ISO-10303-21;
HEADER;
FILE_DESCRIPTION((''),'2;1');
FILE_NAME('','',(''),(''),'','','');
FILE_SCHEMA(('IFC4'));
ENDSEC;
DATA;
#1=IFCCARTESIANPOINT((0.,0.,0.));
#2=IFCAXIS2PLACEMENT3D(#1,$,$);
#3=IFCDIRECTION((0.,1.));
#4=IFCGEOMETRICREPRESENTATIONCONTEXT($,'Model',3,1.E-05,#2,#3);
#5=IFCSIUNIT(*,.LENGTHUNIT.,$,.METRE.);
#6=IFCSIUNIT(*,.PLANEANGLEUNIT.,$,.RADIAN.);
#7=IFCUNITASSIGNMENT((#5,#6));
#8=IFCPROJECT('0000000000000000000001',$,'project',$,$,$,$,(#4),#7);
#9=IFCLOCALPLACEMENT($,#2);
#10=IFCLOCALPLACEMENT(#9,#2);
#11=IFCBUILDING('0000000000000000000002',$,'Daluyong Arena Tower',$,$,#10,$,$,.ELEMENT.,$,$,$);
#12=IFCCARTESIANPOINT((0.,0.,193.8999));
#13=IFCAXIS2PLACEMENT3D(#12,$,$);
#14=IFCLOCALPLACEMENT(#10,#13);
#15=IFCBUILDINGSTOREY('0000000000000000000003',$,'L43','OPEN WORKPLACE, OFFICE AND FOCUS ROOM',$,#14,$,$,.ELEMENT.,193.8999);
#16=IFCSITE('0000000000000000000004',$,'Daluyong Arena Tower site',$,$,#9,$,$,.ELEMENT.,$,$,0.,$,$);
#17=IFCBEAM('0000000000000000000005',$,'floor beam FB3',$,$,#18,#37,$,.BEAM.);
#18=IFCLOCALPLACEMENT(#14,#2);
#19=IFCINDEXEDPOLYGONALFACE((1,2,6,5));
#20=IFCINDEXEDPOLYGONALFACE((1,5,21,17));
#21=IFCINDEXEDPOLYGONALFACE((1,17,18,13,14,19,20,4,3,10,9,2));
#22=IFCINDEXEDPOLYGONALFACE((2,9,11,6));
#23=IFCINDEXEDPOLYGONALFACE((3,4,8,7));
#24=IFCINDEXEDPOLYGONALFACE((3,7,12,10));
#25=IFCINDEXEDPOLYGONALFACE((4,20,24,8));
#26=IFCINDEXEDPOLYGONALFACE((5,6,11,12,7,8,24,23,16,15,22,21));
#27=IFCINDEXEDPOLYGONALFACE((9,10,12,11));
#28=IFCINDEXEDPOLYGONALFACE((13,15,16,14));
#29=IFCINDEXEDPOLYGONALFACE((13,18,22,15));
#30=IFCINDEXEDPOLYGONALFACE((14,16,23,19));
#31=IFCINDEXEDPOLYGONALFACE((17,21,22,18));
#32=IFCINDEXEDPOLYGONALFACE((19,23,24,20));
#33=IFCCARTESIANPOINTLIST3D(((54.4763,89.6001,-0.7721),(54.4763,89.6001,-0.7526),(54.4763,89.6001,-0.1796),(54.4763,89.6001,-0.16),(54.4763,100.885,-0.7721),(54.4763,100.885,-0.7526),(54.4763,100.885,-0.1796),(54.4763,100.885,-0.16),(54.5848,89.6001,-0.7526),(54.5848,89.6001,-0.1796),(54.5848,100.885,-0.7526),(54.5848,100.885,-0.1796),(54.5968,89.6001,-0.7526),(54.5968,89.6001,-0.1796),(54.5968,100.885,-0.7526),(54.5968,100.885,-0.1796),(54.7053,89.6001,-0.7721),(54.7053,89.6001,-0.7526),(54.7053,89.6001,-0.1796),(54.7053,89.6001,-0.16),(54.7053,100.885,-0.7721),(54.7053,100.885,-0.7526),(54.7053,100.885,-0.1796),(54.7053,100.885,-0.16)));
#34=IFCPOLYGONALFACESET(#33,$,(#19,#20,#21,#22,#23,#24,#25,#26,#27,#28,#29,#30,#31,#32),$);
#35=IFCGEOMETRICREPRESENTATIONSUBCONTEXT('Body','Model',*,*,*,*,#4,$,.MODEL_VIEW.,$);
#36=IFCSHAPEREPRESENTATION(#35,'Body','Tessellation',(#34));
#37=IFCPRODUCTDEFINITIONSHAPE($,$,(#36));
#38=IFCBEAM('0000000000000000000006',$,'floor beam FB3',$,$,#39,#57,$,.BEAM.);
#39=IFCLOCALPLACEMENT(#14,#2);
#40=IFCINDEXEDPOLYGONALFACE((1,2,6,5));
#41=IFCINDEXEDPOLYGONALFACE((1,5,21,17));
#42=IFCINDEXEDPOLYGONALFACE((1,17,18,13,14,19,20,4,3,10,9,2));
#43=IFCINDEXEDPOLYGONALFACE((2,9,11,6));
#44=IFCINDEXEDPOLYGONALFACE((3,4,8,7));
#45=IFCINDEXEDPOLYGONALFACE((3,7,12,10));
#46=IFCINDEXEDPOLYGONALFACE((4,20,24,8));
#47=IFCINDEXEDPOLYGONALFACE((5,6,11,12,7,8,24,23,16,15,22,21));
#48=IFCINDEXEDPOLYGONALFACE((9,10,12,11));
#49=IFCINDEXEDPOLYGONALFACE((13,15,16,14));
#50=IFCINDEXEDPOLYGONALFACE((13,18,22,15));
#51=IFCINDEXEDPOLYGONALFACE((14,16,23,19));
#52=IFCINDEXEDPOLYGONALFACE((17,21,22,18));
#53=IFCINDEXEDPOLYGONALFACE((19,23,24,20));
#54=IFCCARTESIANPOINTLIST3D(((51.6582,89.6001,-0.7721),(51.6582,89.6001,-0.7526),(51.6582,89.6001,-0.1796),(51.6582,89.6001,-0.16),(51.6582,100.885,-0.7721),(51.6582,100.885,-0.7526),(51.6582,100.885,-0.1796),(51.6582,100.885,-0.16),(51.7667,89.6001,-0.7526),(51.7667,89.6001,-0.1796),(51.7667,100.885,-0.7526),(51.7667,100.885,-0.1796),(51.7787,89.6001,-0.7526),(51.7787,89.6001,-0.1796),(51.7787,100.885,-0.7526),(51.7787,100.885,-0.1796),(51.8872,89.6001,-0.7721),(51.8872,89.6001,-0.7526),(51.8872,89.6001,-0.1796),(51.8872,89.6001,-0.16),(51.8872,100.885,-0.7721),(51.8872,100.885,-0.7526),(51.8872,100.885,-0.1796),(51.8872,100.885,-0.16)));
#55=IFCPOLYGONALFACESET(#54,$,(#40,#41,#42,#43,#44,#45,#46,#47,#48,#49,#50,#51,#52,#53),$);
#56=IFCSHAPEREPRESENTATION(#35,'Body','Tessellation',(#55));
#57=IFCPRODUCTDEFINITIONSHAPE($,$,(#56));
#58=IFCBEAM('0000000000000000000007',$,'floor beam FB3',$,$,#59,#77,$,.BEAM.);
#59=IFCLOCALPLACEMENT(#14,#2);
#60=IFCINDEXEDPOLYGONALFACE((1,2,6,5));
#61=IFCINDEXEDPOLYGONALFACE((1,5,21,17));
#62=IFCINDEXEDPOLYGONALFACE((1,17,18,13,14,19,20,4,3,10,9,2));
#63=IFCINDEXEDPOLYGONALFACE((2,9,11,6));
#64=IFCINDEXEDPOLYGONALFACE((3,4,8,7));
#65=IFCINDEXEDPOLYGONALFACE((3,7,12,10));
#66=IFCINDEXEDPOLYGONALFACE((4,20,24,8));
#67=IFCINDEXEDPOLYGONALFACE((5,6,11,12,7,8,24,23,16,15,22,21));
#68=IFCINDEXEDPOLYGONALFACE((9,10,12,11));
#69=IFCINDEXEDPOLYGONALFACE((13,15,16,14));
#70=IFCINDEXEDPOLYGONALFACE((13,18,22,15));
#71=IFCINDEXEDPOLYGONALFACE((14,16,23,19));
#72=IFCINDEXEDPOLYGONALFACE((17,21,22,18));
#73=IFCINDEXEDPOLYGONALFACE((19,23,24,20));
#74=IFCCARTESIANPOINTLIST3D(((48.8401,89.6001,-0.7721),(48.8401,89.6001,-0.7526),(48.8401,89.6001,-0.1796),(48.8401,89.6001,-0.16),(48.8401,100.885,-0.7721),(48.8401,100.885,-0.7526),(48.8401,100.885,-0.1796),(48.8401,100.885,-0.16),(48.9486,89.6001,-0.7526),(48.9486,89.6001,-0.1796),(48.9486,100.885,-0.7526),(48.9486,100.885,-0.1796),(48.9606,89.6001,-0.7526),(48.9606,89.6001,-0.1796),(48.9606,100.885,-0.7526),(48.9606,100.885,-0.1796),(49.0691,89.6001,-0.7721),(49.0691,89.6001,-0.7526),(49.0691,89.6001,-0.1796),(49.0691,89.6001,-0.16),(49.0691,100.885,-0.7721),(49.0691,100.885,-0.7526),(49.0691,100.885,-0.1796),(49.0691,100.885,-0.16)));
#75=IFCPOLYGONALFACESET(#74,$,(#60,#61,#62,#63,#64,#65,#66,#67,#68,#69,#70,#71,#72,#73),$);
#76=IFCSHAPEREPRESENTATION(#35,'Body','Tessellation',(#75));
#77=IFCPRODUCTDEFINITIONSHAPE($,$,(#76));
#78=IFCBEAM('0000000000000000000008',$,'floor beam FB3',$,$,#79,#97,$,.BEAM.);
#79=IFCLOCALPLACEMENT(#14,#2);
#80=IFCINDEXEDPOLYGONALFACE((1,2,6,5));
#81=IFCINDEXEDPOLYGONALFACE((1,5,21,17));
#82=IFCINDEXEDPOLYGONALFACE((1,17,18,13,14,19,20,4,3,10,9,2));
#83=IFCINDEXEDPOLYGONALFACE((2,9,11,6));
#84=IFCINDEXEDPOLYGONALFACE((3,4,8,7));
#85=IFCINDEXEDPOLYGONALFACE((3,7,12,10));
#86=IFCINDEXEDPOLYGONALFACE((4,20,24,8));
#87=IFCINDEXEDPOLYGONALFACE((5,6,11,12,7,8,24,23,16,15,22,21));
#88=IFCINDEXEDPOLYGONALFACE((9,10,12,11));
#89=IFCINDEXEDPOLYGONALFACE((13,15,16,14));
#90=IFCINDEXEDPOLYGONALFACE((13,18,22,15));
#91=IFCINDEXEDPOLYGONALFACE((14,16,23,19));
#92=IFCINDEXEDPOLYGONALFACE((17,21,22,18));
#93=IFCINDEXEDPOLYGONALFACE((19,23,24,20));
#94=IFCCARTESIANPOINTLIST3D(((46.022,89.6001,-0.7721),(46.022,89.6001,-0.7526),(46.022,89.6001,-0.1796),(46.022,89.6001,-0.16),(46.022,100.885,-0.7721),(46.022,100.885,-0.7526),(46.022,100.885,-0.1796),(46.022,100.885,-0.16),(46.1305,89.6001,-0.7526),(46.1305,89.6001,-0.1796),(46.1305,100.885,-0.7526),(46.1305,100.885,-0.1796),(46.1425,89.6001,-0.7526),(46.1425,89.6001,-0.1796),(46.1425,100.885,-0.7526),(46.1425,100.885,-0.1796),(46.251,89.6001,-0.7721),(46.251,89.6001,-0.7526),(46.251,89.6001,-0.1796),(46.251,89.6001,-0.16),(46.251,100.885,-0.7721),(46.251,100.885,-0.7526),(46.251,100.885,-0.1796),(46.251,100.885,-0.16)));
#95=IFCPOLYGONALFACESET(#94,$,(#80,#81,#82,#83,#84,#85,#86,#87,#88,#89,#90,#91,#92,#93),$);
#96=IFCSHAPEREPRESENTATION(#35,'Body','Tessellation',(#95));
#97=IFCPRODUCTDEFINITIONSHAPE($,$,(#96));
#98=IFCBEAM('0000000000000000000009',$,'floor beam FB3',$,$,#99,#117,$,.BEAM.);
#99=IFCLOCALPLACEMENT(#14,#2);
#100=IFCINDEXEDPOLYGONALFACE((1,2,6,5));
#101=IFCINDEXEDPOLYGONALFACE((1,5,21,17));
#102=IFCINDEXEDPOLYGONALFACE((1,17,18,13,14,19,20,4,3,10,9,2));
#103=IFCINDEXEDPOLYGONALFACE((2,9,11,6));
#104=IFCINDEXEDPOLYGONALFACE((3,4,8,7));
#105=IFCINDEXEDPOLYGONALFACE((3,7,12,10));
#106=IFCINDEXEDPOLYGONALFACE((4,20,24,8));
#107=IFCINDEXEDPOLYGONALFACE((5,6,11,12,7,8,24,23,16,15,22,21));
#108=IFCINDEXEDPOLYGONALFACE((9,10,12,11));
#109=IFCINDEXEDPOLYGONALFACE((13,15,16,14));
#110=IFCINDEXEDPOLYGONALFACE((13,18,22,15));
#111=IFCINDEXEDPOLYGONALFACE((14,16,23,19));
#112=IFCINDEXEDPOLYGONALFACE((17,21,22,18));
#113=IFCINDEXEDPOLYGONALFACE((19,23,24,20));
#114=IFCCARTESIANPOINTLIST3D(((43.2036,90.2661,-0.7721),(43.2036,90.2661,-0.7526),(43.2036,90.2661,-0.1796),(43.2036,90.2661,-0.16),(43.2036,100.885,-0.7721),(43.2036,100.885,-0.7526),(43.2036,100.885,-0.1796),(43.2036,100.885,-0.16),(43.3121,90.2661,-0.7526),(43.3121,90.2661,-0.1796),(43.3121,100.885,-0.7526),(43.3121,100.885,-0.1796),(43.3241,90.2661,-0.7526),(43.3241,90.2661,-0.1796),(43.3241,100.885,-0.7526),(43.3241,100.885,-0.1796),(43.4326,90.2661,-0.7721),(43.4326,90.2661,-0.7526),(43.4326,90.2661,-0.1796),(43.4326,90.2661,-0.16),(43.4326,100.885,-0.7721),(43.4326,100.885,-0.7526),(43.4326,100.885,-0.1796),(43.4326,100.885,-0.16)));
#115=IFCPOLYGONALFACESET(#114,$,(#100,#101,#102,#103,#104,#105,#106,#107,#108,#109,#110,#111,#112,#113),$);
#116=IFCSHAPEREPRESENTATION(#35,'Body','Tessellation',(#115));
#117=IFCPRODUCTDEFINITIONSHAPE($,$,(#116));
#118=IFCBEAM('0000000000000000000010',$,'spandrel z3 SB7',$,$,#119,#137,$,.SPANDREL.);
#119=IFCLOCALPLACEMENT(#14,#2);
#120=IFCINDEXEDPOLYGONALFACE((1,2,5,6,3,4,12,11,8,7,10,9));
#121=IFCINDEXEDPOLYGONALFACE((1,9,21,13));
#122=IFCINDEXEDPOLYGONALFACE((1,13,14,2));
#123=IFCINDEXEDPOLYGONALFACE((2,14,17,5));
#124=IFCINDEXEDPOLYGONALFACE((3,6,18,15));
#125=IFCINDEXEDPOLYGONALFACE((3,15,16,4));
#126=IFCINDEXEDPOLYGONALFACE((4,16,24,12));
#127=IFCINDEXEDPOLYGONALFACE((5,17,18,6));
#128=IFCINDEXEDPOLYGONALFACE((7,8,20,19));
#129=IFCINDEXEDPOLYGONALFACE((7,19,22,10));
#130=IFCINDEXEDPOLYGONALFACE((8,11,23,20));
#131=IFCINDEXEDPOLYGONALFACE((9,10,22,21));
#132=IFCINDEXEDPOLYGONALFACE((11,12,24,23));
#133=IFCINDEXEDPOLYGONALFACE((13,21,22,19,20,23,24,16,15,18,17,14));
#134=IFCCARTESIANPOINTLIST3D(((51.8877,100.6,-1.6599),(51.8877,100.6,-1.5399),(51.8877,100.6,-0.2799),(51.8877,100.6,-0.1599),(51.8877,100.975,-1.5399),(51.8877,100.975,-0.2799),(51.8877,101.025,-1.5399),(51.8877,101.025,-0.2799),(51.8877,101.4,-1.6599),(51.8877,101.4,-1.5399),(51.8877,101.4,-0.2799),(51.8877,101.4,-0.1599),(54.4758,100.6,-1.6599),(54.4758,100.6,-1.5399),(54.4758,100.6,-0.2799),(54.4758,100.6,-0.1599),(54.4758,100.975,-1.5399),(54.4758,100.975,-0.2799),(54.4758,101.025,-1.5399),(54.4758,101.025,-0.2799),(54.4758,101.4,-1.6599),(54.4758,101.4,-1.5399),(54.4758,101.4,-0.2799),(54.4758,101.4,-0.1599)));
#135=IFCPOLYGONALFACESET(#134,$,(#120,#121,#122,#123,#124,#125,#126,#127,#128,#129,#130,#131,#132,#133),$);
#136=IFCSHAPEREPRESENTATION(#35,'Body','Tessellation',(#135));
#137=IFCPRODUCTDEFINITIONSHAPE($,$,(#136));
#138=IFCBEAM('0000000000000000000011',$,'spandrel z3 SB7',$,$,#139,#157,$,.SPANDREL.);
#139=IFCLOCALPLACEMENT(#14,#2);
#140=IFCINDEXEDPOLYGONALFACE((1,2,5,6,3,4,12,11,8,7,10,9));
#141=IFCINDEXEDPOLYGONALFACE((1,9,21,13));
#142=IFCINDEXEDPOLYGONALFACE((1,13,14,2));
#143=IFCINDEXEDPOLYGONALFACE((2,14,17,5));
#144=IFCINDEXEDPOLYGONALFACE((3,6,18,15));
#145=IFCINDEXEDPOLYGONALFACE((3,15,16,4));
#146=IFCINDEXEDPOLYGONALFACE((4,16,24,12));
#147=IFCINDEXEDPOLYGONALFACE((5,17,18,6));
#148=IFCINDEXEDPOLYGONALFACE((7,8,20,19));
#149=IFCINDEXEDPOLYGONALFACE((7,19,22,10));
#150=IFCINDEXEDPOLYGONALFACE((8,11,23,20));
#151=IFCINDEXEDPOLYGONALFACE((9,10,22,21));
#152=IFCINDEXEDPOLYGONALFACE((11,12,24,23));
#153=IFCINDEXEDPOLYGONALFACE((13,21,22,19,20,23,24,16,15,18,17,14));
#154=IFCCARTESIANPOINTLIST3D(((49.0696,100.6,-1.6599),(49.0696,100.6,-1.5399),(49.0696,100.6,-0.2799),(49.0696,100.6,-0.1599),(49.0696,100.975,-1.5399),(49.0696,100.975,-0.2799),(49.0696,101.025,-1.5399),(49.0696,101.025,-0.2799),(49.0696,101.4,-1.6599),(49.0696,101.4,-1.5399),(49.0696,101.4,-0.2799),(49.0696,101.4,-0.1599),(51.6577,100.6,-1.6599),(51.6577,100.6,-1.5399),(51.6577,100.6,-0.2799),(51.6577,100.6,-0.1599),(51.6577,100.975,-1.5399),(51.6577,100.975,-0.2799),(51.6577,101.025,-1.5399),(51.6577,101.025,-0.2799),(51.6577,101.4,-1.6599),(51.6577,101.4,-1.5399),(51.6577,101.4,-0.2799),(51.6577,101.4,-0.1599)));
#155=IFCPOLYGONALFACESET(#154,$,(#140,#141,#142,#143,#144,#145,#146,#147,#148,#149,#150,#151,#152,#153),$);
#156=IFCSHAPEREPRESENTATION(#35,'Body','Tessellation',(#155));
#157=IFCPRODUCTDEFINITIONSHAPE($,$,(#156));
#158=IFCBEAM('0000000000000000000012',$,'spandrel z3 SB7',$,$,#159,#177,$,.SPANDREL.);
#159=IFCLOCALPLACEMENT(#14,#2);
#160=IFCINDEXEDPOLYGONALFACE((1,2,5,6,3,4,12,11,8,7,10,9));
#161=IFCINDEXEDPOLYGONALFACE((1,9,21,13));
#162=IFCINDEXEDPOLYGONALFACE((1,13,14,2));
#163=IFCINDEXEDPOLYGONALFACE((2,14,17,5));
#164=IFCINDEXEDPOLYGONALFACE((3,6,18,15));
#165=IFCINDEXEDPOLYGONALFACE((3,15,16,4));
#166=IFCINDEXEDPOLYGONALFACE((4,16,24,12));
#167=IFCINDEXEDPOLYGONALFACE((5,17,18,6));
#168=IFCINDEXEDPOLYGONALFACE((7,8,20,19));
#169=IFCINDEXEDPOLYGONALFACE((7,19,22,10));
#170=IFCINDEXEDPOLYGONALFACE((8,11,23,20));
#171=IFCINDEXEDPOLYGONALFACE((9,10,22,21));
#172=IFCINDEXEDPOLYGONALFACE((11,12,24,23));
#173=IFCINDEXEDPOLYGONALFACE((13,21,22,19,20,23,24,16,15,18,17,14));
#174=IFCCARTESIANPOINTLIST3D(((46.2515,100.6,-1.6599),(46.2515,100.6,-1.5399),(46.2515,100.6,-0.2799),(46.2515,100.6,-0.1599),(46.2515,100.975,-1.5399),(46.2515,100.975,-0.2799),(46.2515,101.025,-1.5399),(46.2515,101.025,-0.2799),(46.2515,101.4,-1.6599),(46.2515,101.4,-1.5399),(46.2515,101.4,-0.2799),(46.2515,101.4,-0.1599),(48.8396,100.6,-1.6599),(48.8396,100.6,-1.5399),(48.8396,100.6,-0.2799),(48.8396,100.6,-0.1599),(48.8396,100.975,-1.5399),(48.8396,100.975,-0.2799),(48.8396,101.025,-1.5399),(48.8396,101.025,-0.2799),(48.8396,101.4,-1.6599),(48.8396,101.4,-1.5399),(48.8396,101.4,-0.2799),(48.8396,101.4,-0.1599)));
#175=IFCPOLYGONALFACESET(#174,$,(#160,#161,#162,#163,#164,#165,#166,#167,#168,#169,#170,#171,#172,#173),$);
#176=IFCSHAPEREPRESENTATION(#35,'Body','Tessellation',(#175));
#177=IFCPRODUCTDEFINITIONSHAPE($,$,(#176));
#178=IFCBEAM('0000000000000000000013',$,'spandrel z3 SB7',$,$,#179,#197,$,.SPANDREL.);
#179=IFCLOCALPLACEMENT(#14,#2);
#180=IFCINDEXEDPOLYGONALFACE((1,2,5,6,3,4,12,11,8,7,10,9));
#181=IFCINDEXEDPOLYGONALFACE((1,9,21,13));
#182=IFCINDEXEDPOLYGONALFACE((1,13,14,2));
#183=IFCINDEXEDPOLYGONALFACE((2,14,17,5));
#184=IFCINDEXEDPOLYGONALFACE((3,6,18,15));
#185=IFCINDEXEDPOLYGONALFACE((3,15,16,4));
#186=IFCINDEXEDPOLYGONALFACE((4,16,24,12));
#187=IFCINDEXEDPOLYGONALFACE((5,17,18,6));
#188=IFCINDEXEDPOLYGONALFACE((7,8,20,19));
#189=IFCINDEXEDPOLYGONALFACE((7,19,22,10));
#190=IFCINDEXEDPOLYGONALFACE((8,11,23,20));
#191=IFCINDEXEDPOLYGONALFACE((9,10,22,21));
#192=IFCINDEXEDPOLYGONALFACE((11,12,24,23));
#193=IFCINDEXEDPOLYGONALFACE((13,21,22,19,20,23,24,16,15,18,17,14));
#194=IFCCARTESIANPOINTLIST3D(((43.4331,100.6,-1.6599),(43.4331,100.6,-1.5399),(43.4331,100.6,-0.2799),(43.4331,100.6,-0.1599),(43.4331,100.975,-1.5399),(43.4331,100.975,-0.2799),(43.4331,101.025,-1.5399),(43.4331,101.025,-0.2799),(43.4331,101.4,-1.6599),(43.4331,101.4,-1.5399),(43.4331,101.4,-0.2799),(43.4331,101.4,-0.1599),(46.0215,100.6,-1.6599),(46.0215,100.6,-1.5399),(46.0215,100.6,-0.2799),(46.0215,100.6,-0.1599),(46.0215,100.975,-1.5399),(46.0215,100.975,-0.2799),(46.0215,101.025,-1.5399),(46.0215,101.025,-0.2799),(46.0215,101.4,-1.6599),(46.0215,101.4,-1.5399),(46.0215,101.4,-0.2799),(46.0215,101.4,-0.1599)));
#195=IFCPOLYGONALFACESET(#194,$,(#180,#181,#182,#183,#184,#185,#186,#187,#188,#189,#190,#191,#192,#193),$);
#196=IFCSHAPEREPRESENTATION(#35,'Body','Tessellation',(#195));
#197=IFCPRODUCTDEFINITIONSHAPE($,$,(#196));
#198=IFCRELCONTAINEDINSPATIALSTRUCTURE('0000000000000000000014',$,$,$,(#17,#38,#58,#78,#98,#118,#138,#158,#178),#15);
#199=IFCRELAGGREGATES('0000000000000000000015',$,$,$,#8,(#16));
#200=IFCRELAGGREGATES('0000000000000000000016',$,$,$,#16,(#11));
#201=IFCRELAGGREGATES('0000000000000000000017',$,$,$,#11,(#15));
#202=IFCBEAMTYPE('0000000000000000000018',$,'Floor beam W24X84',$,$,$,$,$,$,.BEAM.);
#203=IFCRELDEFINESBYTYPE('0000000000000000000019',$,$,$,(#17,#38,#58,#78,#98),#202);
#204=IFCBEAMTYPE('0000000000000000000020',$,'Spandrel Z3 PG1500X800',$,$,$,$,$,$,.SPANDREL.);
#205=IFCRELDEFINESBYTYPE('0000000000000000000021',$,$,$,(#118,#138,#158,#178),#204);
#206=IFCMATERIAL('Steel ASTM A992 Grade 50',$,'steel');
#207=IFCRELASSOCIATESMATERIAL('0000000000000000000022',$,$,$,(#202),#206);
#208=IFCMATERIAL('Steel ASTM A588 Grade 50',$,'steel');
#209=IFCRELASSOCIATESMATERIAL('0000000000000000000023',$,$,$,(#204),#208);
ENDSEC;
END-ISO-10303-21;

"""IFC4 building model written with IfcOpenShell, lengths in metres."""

from ifc_helpers import new_model, si_unit, direction, frame, origin, origin_2d, place, context, subcontext, project, spatial, i_section, extrude, material, material_profile, profile_set, type_object, element, save


model = new_model("IFC4")

# Units and contexts
model_context = context("Model", 3, precision=1e-05, world=origin(), true_north=direction((0.0, 1.0)))
body_context = subcontext(model_context, "Body", "Model", "MODEL_VIEW")
ifc_project = project(units=[si_unit("LENGTHUNIT", "METRE"), si_unit("PLANEANGLEUNIT", "RADIAN")], contexts=[model_context])

# Site, building, storey
site_placement = place(None, origin())
site = spatial("IfcSite", under=ifc_project, at=site_placement, Name="Daluyong Arena Tower site", CompositionType="ELEMENT", RefElevation=0.0)
building_placement = place(site_placement, origin())
building = spatial("IfcBuilding", under=site, at=building_placement, Name="Daluyong Arena Tower", CompositionType="ELEMENT")
storey_placement = place(building_placement, frame((0.0, 0.0, 193.8999)))
storey = spatial("IfcBuildingStorey", under=building, at=storey_placement, Name="L43", Description="OPEN WORKPLACE, OFFICE AND FOCUS ROOM", CompositionType="ELEMENT", Elevation=193.8999)

# Beams
ifc_material_1 = material(Name="Steel ASTM A992 Grade 50", Category="steel")
ifc_material_profile_1 = material_profile(ifc_material_1, i_section(OverallWidth=0.229, OverallDepth=0.6121, WebThickness=0.012, FlangeThickness=0.0195, at=origin_2d()))
ifc_profile_set_1 = profile_set([ifc_material_profile_1], Name="Steel ASTM A992 Grade 50")
beam_type_1 = type_object("IfcBeamType", Name="Floor beam W24X84", PredefinedType="BEAM", material=ifc_profile_set_1)
for number, where, z_axis, x_axis, name in (
    (1, (54.5908, 100.885, -0.4661), (0.0, -1.0, 0.0), (1.0, 0.0, 0.0), "floor beam FB3"),
    (2, (51.7727, 100.885, -0.4661), (0.0, -1.0, 0.0), (1.0, 0.0, 0.0), "floor beam FB3"),
    (3, (48.9546, 100.885, -0.4661), (0.0, -1.0, 0.0), (1.0, 0.0, 0.0), "floor beam FB3"),
    (4, (46.1365, 100.885, -0.4661), (0.0, -1.0, 0.0), (1.0, 0.0, 0.0), "floor beam FB3"),
):
    element("IfcBeam", number, at=place(storey_placement, frame(where, z_axis=z_axis, x_axis=x_axis)), inside=storey, type_object=beam_type_1, Name=name, PredefinedType="BEAM", context=body_context, shape_type="SweptSolid", body=[
        extrude(i_section(OverallWidth=0.229, OverallDepth=0.6121, WebThickness=0.012, FlangeThickness=0.0195, at=origin_2d()), origin(), (0.0, 0.0, 1.0), 11.2849),
    ])
beam_1_placement = place(storey_placement, frame((43.3181, 100.885, -0.4661), z_axis=(0.0, -1.0, 0.0), x_axis=(1.0, 0.0, 0.0)))
element("IfcBeam", 5, at=beam_1_placement, inside=storey, type_object=beam_type_1, Name="floor beam FB3", PredefinedType="BEAM", context=body_context, shape_type="SweptSolid", body=[
    extrude(i_section(OverallWidth=0.229, OverallDepth=0.6121, WebThickness=0.012, FlangeThickness=0.0195, at=origin_2d()), origin(), (0.0, 0.0, 1.0), 10.6189),
])
ifc_material_2 = material(Name="Steel ASTM A588 Grade 50", Category="steel")
ifc_material_profile_2 = material_profile(ifc_material_2, i_section(OverallWidth=0.8, OverallDepth=1.5, WebThickness=0.05, FlangeThickness=0.12, at=origin_2d()))
ifc_profile_set_2 = profile_set([ifc_material_profile_2], Name="Steel ASTM A588 Grade 50")
beam_type_2 = type_object("IfcBeamType", Name="Spandrel Z3 PG1500X800", PredefinedType="SPANDREL", material=ifc_profile_set_2)
for number, where, z_axis, x_axis, name in (
    (6, (54.4758, 101.0, -0.9099), (-1.0, 0.0, 0.0), (0.0, -1.0, 0.0), "spandrel z3 SB7"),
    (7, (51.6577, 101.0, -0.9099), (-1.0, 0.0, 0.0), (0.0, -1.0, 0.0), "spandrel z3 SB7"),
    (8, (48.8396, 101.0, -0.9099), (-1.0, 0.0, 0.0), (0.0, -1.0, 0.0), "spandrel z3 SB7"),
):
    element("IfcBeam", number, at=place(storey_placement, frame(where, z_axis=z_axis, x_axis=x_axis)), inside=storey, type_object=beam_type_2, Name=name, PredefinedType="SPANDREL", context=body_context, shape_type="SweptSolid", body=[
        extrude(i_section(OverallWidth=0.8, OverallDepth=1.5, WebThickness=0.05, FlangeThickness=0.12, at=origin_2d()), origin(), (0.0, 0.0, 1.0), 2.5881),
    ])
beam_2_placement = place(storey_placement, frame((46.0215, 101.0, -0.9099), z_axis=(-1.0, 0.0, 0.0), x_axis=(0.0, -1.0, 0.0)))
element("IfcBeam", 9, at=beam_2_placement, inside=storey, type_object=beam_type_2, Name="spandrel z3 SB7", PredefinedType="SPANDREL", context=body_context, shape_type="SweptSolid", body=[
    extrude(i_section(OverallWidth=0.8, OverallDepth=1.5, WebThickness=0.05, FlangeThickness=0.12, at=origin_2d()), origin(), (0.0, 0.0, 1.0), 2.5884),
])

save(model, "model.ifc")
